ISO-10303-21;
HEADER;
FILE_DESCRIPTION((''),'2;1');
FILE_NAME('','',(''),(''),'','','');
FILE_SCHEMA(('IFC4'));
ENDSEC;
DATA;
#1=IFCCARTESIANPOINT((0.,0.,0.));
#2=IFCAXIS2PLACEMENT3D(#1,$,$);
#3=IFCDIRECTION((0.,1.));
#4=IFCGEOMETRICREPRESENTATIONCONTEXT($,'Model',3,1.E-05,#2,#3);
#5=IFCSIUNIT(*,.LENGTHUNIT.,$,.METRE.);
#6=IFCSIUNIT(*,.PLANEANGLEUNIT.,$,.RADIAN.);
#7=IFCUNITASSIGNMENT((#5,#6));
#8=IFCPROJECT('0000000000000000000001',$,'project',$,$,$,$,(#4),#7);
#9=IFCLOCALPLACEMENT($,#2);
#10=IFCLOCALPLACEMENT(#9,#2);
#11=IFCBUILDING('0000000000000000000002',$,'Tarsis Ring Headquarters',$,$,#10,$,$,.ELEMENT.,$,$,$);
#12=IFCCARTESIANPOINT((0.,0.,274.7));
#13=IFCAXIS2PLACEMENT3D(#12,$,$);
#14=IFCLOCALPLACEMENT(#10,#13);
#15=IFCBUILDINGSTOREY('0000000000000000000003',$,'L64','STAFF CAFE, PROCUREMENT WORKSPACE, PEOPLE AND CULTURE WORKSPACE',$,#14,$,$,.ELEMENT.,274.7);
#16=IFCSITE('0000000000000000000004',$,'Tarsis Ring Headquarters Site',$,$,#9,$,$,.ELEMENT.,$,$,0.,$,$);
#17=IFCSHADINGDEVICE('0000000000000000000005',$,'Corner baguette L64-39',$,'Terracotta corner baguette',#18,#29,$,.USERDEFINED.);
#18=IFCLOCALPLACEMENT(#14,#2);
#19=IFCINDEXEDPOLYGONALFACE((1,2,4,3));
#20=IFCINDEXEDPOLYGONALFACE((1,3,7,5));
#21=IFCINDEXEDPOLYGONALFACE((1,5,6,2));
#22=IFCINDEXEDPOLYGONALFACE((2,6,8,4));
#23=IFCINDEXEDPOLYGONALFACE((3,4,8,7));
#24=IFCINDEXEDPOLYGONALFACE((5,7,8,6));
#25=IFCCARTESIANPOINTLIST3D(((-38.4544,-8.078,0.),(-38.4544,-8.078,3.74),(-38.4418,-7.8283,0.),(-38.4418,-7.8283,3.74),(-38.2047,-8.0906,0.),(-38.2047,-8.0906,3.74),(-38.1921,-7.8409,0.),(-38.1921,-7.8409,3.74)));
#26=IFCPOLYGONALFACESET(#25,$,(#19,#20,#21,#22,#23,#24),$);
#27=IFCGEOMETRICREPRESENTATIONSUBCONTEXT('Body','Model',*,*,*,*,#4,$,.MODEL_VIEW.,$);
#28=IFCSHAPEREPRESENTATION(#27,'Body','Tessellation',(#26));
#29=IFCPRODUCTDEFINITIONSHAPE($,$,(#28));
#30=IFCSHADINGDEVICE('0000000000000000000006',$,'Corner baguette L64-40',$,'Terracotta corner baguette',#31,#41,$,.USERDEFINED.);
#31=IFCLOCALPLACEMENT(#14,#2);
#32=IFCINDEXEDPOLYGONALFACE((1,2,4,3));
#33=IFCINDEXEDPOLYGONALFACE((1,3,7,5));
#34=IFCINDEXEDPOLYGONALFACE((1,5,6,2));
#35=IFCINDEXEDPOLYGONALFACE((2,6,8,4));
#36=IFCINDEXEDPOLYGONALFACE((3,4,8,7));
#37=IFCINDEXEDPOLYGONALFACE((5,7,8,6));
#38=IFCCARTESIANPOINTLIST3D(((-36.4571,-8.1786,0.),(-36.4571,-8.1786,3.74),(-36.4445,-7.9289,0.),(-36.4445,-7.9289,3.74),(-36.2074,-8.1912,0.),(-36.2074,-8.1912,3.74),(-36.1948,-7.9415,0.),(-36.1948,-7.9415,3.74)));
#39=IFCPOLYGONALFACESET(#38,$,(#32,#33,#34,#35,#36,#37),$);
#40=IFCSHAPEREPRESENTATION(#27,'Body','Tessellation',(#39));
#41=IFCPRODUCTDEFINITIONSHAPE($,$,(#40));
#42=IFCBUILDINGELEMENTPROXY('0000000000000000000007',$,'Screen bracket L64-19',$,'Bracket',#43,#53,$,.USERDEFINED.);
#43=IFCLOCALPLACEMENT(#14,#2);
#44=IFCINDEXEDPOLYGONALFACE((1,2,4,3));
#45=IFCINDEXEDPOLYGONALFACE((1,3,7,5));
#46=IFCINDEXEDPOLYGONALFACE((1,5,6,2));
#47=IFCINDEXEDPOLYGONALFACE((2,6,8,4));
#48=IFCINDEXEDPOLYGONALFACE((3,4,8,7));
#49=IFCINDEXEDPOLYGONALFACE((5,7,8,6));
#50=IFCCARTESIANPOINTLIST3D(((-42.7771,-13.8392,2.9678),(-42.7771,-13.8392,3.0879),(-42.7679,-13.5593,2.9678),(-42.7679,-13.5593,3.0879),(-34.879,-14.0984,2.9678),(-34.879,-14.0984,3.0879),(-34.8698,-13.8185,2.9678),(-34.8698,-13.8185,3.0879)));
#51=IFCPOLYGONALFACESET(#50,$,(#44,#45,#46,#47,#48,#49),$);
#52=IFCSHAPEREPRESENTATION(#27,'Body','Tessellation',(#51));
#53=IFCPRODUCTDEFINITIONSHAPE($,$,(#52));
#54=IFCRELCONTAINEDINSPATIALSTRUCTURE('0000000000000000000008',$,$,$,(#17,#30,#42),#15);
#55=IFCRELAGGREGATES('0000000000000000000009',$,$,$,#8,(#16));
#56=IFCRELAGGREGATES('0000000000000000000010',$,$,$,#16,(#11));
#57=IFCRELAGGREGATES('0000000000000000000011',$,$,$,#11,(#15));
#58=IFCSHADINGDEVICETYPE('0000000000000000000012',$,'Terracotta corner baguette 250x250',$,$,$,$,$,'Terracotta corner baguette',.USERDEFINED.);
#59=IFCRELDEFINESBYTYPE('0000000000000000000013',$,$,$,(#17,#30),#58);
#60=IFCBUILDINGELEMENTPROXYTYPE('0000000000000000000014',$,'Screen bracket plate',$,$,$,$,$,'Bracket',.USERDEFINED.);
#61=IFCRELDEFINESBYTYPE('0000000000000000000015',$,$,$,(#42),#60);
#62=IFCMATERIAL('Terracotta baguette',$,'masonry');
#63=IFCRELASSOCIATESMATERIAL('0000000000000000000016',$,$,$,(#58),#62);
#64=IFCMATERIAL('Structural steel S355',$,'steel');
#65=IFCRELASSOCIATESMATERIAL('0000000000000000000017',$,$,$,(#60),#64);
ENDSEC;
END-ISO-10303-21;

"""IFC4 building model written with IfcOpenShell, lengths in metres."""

from ifc_helpers import new_model, si_unit, direction, frame, origin, origin_2d, place, context, subcontext, project, spatial, rectangle, extrude, material, type_object, element, save


model = new_model("IFC4")

# Units and contexts
model_context = context("Model", 3, precision=1e-05, world=origin(), true_north=direction((0.0, 1.0)))
body_context = subcontext(model_context, "Body", "Model", "MODEL_VIEW")
ifc_project = project(units=[si_unit("LENGTHUNIT", "METRE"), si_unit("PLANEANGLEUNIT", "RADIAN")], contexts=[model_context])

# Site, building, storey
site_placement = place(None, origin())
site = spatial("IfcSite", under=ifc_project, at=site_placement, Name="Tarsis Ring Headquarters Site", CompositionType="ELEMENT", RefElevation=0.0)
building_placement = place(site_placement, origin())
building = spatial("IfcBuilding", under=site, at=building_placement, Name="Tarsis Ring Headquarters", CompositionType="ELEMENT")
storey_placement = place(building_placement, frame((0.0, 0.0, 274.7)))
storey = spatial("IfcBuildingStorey", under=building, at=storey_placement, Name="L64", Description="STAFF CAFE, PROCUREMENT WORKSPACE, PEOPLE AND CULTURE WORKSPACE", CompositionType="ELEMENT", Elevation=274.7)

# Shared definitions
ifc_material_1 = material(Name="Structural steel S355", Category="steel")

# Shading devices
ifc_material_2 = material(Name="Terracotta baguette", Category="masonry")
shading_device_type_1 = type_object("IfcShadingDeviceType", Name="Terracotta corner baguette 250x250", ElementType="Terracotta corner baguette", PredefinedType="USERDEFINED", material=ifc_material_2)
for number, where, z_axis, x_axis, name in (
    (1, (-38.3232, -7.9595, 0.0), (0.0, 0.0, 1.0), (-0.050244, -0.998737, 0.0), "Corner baguette L64-39"),
    (2, (-36.3259, -8.0601, 0.0), (0.0, 0.0, 1.0), (0.998737, -0.050244, 0.0), "Corner baguette L64-40"),
):
    element("IfcShadingDevice", number, at=place(storey_placement, frame(where, z_axis=z_axis, x_axis=x_axis)), inside=storey, type_object=shading_device_type_1, Name=name, ObjectType="Terracotta corner baguette", PredefinedType="USERDEFINED", context=body_context, shape_type="SweptSolid", body=[
        extrude(rectangle(XDim=0.25, YDim=0.25, at=origin_2d()), origin(), (0.0, 0.0, 1.0), 3.74),
    ])

# Building element proxy
building_element_proxy_type = type_object("IfcBuildingElementProxyType", Name="Screen bracket plate", ElementType="Bracket", PredefinedType="USERDEFINED", material=ifc_material_1)
proxy_placement = place(storey_placement, frame((-38.8235, -13.8289, 2.9678), z_axis=(0.0, 0.0, 1.0), x_axis=(0.999462, -0.032806, 0.0)))
element("IfcBuildingElementProxy", 3, at=proxy_placement, inside=storey, type_object=building_element_proxy_type, Name="Screen bracket L64-19", ObjectType="Bracket", PredefinedType="USERDEFINED", context=body_context, shape_type="SweptSolid", body=[
    extrude(rectangle(XDim=7.9023, YDim=0.28, at=origin_2d()), origin(), (0.0, 0.0, 1.0), 0.1201),
])

save(model, "model.ifc")
